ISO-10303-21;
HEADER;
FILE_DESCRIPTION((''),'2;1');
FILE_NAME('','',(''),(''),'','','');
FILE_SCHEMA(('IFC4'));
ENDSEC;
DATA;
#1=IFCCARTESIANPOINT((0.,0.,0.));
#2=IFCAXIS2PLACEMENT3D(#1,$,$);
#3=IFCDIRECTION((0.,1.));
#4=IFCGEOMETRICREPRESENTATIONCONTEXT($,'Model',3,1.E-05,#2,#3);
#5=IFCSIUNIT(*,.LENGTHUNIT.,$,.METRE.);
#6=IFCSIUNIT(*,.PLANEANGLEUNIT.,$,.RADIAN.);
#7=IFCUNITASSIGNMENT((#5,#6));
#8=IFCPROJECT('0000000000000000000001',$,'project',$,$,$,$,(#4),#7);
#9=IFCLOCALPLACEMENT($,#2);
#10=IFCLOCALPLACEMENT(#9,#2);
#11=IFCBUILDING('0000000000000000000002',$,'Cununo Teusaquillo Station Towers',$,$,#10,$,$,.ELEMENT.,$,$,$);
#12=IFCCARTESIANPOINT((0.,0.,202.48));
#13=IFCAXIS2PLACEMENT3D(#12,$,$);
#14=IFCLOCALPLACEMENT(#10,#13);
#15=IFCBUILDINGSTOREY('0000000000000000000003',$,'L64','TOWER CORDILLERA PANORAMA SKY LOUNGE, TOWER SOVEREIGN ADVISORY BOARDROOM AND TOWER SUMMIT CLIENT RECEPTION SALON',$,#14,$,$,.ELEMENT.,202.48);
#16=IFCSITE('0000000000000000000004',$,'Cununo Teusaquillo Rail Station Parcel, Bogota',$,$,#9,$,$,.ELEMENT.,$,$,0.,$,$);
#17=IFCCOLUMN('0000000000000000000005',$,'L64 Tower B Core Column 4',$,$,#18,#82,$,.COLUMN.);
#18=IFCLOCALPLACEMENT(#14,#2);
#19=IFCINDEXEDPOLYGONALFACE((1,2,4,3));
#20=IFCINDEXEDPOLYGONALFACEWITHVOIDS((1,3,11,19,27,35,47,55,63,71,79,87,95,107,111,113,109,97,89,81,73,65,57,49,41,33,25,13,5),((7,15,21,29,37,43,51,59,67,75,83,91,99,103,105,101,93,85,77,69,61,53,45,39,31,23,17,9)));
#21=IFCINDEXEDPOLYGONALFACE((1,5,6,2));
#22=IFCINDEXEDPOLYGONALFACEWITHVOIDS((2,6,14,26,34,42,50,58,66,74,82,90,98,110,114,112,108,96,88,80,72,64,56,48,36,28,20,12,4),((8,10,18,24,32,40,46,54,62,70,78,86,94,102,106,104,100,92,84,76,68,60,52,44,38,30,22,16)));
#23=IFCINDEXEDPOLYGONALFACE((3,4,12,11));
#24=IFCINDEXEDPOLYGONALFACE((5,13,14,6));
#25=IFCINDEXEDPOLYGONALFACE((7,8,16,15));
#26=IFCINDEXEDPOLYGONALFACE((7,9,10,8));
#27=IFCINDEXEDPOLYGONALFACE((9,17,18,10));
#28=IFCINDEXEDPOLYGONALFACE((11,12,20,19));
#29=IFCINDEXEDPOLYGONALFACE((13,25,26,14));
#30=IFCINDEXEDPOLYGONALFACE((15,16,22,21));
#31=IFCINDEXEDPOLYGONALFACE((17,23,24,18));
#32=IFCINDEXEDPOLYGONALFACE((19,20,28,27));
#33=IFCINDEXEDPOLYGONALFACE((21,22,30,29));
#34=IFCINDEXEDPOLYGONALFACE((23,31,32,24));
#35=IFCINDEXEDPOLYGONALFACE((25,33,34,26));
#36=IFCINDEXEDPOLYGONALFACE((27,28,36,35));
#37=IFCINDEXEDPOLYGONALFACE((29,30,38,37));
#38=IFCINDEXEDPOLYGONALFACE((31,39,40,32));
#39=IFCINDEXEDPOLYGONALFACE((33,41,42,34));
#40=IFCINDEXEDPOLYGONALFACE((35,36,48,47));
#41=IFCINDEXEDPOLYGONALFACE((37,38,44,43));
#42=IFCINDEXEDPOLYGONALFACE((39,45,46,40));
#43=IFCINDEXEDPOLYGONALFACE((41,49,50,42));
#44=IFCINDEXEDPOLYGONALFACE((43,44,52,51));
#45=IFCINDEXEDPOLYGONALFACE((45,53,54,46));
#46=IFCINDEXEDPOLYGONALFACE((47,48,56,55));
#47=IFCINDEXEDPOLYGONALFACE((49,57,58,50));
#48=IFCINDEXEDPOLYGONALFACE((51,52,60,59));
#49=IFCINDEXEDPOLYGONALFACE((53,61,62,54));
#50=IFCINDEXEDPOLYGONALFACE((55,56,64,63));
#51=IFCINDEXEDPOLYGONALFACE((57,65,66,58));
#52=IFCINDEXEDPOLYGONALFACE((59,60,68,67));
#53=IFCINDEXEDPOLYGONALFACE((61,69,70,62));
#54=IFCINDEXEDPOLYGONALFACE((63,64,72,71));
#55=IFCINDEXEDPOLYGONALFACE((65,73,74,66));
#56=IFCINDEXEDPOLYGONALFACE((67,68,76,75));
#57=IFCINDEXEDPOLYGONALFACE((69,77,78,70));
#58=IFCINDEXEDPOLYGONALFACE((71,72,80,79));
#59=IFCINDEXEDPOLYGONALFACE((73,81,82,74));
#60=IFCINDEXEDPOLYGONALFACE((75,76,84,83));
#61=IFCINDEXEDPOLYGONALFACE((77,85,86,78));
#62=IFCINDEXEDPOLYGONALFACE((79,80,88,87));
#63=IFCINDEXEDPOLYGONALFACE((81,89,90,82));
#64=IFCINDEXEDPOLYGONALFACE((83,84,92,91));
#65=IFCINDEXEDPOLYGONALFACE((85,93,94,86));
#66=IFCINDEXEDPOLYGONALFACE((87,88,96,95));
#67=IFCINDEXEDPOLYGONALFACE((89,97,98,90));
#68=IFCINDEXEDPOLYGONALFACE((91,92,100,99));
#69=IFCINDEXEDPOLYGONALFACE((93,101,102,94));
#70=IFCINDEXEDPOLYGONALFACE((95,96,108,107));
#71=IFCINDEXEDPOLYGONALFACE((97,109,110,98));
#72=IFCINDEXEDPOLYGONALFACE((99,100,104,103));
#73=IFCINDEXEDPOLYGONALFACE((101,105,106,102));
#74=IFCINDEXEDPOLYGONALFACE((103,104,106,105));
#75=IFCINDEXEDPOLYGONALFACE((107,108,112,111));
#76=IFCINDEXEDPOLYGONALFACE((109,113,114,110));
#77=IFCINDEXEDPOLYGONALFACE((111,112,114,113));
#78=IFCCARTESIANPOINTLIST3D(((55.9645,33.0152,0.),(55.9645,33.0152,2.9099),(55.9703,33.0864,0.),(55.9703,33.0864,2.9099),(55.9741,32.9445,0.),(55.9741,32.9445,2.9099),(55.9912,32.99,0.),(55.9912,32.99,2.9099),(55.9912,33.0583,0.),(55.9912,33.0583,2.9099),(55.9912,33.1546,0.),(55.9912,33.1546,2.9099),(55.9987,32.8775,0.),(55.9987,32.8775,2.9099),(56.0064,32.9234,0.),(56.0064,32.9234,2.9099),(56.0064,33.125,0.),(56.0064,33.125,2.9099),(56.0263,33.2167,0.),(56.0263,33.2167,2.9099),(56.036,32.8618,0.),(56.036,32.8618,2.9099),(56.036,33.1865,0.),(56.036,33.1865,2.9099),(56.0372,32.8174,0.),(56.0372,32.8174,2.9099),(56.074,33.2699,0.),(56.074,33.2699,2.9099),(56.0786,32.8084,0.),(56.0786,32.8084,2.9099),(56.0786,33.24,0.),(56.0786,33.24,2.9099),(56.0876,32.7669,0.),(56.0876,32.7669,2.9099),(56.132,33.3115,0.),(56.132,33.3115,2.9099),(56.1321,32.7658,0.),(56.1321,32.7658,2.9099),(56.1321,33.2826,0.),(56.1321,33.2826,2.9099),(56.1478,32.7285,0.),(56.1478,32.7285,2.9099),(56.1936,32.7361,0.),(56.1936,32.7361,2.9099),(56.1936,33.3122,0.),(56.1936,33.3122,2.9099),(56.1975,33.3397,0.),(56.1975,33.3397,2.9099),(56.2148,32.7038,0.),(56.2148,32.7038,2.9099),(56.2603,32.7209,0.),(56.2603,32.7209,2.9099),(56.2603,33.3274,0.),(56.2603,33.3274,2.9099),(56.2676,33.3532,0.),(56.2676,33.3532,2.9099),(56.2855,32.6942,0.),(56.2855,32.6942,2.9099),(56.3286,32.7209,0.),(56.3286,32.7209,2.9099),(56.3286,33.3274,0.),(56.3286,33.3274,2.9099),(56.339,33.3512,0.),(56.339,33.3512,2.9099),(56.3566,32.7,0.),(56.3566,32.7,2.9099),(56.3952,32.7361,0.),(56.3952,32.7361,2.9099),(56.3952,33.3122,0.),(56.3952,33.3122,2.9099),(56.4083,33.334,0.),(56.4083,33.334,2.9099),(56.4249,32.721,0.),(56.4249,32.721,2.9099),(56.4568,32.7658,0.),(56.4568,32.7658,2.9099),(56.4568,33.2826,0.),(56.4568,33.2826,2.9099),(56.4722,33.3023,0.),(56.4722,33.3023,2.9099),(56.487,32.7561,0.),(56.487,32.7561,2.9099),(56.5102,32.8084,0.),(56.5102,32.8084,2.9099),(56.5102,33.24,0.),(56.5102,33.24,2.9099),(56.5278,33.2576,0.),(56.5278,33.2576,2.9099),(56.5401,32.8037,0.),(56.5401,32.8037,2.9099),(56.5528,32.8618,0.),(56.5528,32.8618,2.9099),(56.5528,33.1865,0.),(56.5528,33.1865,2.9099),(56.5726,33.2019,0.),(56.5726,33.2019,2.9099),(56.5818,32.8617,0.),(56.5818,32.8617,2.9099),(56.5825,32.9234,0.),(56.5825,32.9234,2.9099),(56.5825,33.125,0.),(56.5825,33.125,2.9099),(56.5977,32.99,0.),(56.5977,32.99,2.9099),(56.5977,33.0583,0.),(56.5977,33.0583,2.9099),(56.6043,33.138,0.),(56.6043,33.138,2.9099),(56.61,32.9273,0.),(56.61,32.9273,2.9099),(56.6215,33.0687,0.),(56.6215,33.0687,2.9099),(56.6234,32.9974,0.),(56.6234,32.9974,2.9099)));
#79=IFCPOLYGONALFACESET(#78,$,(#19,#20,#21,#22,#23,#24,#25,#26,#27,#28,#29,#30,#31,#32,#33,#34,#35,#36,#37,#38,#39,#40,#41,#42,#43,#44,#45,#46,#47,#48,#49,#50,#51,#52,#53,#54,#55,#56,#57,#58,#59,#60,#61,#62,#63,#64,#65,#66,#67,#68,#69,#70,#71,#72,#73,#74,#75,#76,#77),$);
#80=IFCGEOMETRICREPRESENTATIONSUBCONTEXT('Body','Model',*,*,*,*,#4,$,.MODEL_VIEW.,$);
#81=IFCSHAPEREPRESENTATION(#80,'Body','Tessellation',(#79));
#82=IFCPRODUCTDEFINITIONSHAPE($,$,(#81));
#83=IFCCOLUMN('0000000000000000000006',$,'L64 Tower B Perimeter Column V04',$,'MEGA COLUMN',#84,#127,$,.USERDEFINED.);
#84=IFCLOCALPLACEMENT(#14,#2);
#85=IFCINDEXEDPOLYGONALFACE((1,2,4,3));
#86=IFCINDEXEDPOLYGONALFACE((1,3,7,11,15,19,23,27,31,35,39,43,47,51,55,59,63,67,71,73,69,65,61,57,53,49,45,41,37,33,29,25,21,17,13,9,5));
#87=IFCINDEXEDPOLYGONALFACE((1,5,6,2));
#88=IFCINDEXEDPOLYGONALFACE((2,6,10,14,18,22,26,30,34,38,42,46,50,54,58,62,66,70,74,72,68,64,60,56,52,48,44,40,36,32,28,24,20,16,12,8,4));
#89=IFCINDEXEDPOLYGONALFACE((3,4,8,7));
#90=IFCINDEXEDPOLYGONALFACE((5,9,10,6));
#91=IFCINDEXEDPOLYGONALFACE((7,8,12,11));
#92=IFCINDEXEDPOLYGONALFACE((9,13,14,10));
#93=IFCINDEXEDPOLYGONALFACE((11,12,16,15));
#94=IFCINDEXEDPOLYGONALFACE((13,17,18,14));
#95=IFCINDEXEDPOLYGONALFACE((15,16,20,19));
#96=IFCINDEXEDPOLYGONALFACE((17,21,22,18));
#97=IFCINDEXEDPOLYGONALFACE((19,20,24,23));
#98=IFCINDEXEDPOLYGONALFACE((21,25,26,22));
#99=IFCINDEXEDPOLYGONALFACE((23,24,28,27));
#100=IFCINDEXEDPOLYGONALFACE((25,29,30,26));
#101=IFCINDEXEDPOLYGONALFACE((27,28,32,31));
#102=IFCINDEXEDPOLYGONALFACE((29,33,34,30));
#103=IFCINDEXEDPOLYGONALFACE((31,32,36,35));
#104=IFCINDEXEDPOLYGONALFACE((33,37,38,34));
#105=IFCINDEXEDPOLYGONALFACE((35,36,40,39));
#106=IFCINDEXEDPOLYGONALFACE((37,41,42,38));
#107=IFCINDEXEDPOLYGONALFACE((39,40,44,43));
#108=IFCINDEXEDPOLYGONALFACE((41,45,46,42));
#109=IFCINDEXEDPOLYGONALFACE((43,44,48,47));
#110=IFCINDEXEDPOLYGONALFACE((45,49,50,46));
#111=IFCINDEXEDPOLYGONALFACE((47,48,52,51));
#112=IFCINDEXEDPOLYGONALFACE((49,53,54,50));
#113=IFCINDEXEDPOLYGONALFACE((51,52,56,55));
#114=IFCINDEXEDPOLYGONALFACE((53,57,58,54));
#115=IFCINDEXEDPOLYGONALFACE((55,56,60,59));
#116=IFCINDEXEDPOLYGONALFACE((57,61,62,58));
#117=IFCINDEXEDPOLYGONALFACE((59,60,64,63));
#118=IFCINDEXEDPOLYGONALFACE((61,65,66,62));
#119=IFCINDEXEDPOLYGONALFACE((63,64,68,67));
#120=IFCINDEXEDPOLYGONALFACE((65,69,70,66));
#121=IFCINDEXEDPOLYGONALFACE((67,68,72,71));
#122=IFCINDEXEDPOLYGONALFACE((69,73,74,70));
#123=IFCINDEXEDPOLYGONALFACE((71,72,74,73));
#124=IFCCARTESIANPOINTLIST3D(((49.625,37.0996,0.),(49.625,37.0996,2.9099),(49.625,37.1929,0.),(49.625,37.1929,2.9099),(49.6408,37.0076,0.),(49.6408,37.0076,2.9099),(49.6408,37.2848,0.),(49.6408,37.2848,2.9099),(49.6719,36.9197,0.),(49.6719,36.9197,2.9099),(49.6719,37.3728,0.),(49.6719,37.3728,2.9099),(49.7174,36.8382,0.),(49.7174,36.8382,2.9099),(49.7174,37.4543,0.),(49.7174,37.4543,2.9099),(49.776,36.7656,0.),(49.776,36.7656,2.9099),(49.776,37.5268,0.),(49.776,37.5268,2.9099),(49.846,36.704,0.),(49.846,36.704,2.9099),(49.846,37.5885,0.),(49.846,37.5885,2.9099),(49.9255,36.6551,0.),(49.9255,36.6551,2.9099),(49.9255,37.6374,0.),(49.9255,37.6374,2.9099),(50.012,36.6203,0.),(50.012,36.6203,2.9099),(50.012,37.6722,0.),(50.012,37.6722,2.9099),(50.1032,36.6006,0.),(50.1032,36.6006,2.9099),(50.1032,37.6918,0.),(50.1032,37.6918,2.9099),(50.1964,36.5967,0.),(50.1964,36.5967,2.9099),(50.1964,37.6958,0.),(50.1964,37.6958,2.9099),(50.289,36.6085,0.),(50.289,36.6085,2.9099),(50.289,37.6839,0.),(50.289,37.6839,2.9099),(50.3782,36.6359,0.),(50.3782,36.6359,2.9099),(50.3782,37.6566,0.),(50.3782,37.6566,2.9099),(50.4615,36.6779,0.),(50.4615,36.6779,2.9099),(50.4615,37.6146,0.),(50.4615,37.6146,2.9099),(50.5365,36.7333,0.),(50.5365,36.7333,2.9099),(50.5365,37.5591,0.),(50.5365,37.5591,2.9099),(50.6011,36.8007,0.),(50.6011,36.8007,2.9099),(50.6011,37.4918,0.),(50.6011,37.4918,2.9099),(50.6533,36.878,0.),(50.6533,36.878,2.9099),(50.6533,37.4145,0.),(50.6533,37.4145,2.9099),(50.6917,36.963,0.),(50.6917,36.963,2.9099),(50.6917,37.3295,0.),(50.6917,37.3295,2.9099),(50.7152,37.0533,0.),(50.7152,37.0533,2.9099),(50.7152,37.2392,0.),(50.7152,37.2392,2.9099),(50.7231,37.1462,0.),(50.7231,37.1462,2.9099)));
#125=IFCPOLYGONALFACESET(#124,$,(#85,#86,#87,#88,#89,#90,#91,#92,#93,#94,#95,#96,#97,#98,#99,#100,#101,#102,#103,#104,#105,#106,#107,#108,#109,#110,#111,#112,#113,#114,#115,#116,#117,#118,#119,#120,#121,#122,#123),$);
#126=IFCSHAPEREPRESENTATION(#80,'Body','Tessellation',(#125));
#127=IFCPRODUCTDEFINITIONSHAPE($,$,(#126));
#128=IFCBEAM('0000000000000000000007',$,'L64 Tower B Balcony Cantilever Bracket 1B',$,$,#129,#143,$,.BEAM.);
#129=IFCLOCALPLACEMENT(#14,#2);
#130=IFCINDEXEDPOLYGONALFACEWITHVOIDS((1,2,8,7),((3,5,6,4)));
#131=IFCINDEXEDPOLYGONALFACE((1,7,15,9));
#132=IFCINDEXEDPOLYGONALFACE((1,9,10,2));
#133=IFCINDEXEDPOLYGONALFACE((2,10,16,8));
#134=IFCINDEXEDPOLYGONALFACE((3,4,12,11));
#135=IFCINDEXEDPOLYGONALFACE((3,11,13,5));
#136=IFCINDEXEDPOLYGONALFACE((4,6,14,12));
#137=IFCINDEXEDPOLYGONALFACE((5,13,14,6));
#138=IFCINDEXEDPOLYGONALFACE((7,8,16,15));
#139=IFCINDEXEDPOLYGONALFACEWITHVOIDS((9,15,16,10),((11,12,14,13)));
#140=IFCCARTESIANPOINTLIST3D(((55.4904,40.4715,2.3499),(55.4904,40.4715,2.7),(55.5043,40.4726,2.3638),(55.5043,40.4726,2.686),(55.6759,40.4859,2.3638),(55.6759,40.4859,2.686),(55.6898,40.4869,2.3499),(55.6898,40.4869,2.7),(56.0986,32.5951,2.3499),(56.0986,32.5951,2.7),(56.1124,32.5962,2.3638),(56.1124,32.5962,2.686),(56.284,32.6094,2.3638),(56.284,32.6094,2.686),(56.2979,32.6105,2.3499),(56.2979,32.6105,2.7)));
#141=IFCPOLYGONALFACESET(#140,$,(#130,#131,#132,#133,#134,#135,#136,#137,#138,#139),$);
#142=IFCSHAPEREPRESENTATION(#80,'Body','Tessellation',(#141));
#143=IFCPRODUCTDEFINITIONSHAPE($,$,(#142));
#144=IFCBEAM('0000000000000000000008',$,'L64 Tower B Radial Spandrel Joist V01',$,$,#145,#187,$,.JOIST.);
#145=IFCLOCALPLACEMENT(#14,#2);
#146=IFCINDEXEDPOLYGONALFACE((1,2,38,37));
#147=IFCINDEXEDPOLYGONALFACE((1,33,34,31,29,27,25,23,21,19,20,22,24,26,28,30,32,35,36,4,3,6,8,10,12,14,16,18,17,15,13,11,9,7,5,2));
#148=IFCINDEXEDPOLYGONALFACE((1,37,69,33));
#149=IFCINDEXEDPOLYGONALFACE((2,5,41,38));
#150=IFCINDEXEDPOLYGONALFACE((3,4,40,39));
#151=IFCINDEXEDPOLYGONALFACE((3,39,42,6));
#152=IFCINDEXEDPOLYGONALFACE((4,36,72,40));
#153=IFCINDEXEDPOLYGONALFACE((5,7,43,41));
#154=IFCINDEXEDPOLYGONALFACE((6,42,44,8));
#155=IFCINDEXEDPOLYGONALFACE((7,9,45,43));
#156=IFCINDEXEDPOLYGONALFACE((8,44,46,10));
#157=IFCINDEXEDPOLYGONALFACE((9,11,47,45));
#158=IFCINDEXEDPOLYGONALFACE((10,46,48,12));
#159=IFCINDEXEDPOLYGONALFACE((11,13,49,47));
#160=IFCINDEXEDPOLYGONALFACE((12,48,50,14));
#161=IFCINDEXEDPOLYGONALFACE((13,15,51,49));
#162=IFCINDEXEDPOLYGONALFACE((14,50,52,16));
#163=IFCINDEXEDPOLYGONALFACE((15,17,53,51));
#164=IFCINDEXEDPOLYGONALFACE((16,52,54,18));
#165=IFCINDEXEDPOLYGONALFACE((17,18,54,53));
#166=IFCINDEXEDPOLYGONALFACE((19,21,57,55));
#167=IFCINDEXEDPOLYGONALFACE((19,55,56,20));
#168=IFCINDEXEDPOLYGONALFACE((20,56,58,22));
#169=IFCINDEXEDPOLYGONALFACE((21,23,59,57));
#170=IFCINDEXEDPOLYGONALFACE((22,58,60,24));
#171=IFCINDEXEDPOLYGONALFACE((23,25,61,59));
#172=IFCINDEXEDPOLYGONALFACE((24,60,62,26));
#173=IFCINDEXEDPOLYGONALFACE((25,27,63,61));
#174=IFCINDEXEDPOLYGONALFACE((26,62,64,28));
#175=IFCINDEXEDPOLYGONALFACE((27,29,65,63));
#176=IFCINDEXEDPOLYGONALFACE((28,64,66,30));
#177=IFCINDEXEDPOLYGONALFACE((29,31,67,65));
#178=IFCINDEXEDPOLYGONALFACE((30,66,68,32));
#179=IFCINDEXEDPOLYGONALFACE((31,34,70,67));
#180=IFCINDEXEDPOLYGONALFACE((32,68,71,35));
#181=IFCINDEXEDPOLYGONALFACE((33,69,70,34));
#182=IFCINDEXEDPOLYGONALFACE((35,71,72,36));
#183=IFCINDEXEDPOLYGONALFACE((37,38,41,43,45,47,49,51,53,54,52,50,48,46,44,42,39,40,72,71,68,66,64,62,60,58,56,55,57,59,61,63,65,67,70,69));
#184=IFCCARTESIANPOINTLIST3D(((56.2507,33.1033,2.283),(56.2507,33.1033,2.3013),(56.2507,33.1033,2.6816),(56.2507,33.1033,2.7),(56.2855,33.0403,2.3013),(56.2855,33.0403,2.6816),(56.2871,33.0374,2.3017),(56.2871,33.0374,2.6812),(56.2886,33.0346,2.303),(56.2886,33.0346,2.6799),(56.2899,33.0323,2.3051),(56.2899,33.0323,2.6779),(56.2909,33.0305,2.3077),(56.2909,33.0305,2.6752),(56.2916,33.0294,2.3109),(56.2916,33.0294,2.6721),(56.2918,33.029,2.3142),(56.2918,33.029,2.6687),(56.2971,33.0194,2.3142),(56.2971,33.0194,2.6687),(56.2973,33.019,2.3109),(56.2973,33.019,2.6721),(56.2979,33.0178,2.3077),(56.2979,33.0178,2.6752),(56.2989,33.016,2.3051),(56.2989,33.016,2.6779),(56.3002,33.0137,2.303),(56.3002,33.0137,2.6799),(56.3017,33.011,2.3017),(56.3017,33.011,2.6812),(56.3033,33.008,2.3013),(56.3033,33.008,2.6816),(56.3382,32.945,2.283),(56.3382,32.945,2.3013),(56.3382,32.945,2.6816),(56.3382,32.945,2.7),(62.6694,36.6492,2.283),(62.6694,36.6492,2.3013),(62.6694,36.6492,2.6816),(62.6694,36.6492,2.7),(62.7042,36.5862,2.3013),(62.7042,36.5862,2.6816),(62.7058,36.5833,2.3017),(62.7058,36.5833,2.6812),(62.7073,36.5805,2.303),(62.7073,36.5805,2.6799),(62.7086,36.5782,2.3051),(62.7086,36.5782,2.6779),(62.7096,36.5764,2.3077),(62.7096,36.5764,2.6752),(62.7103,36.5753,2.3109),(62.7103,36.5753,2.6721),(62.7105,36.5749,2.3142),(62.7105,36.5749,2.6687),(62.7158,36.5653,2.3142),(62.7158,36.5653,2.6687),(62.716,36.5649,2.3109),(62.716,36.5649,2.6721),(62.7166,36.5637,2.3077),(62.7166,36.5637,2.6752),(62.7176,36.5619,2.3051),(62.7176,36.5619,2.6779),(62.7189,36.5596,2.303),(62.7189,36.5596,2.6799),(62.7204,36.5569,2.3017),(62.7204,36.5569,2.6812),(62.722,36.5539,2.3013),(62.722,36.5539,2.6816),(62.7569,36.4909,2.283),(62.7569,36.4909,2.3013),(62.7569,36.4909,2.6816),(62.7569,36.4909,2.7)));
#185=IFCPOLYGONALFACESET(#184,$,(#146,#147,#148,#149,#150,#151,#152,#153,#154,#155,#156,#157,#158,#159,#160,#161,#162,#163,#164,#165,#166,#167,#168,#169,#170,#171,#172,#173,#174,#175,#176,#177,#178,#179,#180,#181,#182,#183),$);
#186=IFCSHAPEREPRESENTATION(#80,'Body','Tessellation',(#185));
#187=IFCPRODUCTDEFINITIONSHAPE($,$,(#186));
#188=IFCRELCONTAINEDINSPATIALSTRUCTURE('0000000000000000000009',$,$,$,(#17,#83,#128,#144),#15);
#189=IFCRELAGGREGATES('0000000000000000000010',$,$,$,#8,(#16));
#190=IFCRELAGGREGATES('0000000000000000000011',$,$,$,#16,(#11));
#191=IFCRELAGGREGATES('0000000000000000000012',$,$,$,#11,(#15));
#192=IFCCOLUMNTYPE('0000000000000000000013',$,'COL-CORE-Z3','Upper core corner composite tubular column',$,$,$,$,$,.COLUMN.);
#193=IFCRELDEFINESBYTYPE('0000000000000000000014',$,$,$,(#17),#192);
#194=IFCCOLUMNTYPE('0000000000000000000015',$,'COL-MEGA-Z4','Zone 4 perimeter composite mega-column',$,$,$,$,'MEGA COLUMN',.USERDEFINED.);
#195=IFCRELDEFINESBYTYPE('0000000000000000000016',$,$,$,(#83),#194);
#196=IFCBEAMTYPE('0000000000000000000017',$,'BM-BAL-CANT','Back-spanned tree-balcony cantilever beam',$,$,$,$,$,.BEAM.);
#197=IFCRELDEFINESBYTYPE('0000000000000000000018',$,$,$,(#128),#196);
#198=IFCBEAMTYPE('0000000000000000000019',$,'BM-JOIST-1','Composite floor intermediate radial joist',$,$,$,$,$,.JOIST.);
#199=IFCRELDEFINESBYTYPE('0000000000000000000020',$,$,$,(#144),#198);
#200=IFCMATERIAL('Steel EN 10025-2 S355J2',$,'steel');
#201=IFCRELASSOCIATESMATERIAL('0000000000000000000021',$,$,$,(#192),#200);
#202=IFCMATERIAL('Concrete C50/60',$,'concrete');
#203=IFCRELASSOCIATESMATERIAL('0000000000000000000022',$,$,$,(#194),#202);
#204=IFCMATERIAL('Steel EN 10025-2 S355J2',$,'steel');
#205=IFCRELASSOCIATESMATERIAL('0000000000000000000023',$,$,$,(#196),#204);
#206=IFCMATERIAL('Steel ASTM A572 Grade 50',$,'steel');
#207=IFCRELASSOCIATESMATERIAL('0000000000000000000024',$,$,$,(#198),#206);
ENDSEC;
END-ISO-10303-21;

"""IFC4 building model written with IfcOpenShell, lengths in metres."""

from ifc_helpers import new_model, si_unit, direction, frame, origin, origin_2d, place, context, subcontext, project, spatial, hollow_rectangle, circle, hollow_circle, i_section, extrude, material, material_profile, profile_set, type_object, element, save


model = new_model("IFC4")

# Units and contexts
model_context = context("Model", 3, precision=1e-05, world=origin(), true_north=direction((0.0, 1.0)))
body_context = subcontext(model_context, "Body", "Model", "MODEL_VIEW")
ifc_project = project(units=[si_unit("LENGTHUNIT", "METRE"), si_unit("PLANEANGLEUNIT", "RADIAN")], contexts=[model_context])

# Site, building, storey
site_placement = place(None, origin())
site = spatial("IfcSite", under=ifc_project, at=site_placement, Name="Cununo Teusaquillo Rail Station Parcel, Bogota", CompositionType="ELEMENT", RefElevation=0.0)
building_placement = place(site_placement, origin())
building = spatial("IfcBuilding", under=site, at=building_placement, Name="Cununo Teusaquillo Station Towers", CompositionType="ELEMENT")
storey_placement = place(building_placement, frame((0.0, 0.0, 202.48)))
storey = spatial("IfcBuildingStorey", under=building, at=storey_placement, Name="L64", Description="TOWER CORDILLERA PANORAMA SKY LOUNGE, TOWER SOVEREIGN ADVISORY BOARDROOM AND TOWER SUMMIT CLIENT RECEPTION SALON", CompositionType="ELEMENT", Elevation=202.48)

# Columns
ifc_material_1 = material(Name="Steel EN 10025-2 S355J2", Category="steel")
ifc_material_profile_1 = material_profile(ifc_material_1, hollow_circle(Radius=0.3301, WallThickness=0.0249, at=origin_2d()), Name="CHS 660x25")
ifc_profile_set_1 = profile_set([ifc_material_profile_1], Name="Steel EN 10025-2 S355J2")
column_type_1 = type_object("IfcColumnType", Name="COL-CORE-Z3", Description="Upper core corner composite tubular column", PredefinedType="COLUMN", material=ifc_profile_set_1)
column_1_placement = place(storey_placement, frame((56.2944, 33.0242, 0.0), z_axis=(0.0, 0.0, 1.0), x_axis=(0.707107, 0.707107, 0.0)))
element("IfcColumn", 1, at=column_1_placement, inside=storey, type_object=column_type_1, Name="L64 Tower B Core Column 4", PredefinedType="COLUMN", context=body_context, shape_type="SweptSolid", body=[
    extrude(hollow_circle(Radius=0.3301, WallThickness=0.0249, at=origin_2d()), origin(), (0.0, 0.0, 1.0), 2.9099),
])
ifc_material_2 = material(Name="Concrete C50/60", Category="concrete")
ifc_material_profile_2 = material_profile(ifc_material_2, circle(Radius=0.55, at=origin_2d()), Name="RC-CIRC-1100")
ifc_profile_set_2 = profile_set([ifc_material_profile_2], Name="Concrete C50/60")
column_type_2 = type_object("IfcColumnType", Name="COL-MEGA-Z4", Description="Zone 4 perimeter composite mega-column", ElementType="MEGA COLUMN", PredefinedType="USERDEFINED", material=ifc_profile_set_2)
column_2_placement = place(storey_placement, frame((50.1731, 37.1462, 0.0), z_axis=(0.0, 0.0, 1.0), x_axis=(1.0, 0.0, 0.0)))
element("IfcColumn", 2, at=column_2_placement, inside=storey, type_object=column_type_2, Name="L64 Tower B Perimeter Column V04", ObjectType="MEGA COLUMN", PredefinedType="USERDEFINED", context=body_context, shape_type="SweptSolid", body=[
    extrude(circle(Radius=0.55, at=origin_2d()), origin(), (0.0, 0.0, 1.0), 2.9099),
])

# Beams
ifc_material_3 = material(Name="Steel EN 10025-2 S355J2", Category="steel")
ifc_material_profile_3 = material_profile(ifc_material_3, hollow_rectangle(XDim=0.2, YDim=0.3501, WallThickness=0.0139, at=origin_2d()), Name="RHS 350x200x14")
ifc_profile_set_3 = profile_set([ifc_material_profile_3], Name="Steel EN 10025-2 S355J2")
beam_type_1 = type_object("IfcBeamType", Name="BM-BAL-CANT", Description="Back-spanned tree-balcony cantilever beam", PredefinedType="BEAM", material=ifc_profile_set_3)
beam_1_placement = place(storey_placement, frame((56.1982, 32.6028, 2.5249), z_axis=(-0.076982, 0.997032, 0.0), x_axis=(-0.997032, -0.076982, 0.0)))
element("IfcBeam", 3, at=beam_1_placement, inside=storey, type_object=beam_type_1, Name="L64 Tower B Balcony Cantilever Bracket 1B", PredefinedType="BEAM", context=body_context, shape_type="SweptSolid", body=[
    extrude(hollow_rectangle(XDim=0.2, YDim=0.3501, WallThickness=0.0139, at=origin_2d()), origin(), (0.0, 0.0, 1.0), 7.8999),
])
ifc_material_4 = material(Name="Steel ASTM A572 Grade 50", Category="steel")
ifc_material_profile_4 = material_profile(ifc_material_4, i_section(OverallWidth=0.1809, OverallDepth=0.417, WebThickness=0.011, FlangeThickness=0.0183, FilletRadius=0.0129, at=origin_2d()), Name="W16X57")
ifc_profile_set_4 = profile_set([ifc_material_profile_4], Name="Steel ASTM A572 Grade 50")
beam_type_2 = type_object("IfcBeamType", Name="BM-JOIST-1", Description="Composite floor intermediate radial joist", PredefinedType="JOIST", material=ifc_profile_set_4)
beam_2_placement = place(storey_placement, frame((56.2944, 33.0242, 2.4915), z_axis=(0.875315, 0.483553, 0.0), x_axis=(-0.483553, 0.875315, 0.0)))
element("IfcBeam", 4, at=beam_2_placement, inside=storey, type_object=beam_type_2, Name="L64 Tower B Radial Spandrel Joist V01", PredefinedType="JOIST", context=body_context, shape_type="SweptSolid", body=[
    extrude(i_section(OverallWidth=0.1809, OverallDepth=0.417, WebThickness=0.011, FlangeThickness=0.0183, FilletRadius=0.0129, at=origin_2d()), origin(), (0.0, 0.0, 1.0), 7.333),
])

save(model, "model.ifc")
